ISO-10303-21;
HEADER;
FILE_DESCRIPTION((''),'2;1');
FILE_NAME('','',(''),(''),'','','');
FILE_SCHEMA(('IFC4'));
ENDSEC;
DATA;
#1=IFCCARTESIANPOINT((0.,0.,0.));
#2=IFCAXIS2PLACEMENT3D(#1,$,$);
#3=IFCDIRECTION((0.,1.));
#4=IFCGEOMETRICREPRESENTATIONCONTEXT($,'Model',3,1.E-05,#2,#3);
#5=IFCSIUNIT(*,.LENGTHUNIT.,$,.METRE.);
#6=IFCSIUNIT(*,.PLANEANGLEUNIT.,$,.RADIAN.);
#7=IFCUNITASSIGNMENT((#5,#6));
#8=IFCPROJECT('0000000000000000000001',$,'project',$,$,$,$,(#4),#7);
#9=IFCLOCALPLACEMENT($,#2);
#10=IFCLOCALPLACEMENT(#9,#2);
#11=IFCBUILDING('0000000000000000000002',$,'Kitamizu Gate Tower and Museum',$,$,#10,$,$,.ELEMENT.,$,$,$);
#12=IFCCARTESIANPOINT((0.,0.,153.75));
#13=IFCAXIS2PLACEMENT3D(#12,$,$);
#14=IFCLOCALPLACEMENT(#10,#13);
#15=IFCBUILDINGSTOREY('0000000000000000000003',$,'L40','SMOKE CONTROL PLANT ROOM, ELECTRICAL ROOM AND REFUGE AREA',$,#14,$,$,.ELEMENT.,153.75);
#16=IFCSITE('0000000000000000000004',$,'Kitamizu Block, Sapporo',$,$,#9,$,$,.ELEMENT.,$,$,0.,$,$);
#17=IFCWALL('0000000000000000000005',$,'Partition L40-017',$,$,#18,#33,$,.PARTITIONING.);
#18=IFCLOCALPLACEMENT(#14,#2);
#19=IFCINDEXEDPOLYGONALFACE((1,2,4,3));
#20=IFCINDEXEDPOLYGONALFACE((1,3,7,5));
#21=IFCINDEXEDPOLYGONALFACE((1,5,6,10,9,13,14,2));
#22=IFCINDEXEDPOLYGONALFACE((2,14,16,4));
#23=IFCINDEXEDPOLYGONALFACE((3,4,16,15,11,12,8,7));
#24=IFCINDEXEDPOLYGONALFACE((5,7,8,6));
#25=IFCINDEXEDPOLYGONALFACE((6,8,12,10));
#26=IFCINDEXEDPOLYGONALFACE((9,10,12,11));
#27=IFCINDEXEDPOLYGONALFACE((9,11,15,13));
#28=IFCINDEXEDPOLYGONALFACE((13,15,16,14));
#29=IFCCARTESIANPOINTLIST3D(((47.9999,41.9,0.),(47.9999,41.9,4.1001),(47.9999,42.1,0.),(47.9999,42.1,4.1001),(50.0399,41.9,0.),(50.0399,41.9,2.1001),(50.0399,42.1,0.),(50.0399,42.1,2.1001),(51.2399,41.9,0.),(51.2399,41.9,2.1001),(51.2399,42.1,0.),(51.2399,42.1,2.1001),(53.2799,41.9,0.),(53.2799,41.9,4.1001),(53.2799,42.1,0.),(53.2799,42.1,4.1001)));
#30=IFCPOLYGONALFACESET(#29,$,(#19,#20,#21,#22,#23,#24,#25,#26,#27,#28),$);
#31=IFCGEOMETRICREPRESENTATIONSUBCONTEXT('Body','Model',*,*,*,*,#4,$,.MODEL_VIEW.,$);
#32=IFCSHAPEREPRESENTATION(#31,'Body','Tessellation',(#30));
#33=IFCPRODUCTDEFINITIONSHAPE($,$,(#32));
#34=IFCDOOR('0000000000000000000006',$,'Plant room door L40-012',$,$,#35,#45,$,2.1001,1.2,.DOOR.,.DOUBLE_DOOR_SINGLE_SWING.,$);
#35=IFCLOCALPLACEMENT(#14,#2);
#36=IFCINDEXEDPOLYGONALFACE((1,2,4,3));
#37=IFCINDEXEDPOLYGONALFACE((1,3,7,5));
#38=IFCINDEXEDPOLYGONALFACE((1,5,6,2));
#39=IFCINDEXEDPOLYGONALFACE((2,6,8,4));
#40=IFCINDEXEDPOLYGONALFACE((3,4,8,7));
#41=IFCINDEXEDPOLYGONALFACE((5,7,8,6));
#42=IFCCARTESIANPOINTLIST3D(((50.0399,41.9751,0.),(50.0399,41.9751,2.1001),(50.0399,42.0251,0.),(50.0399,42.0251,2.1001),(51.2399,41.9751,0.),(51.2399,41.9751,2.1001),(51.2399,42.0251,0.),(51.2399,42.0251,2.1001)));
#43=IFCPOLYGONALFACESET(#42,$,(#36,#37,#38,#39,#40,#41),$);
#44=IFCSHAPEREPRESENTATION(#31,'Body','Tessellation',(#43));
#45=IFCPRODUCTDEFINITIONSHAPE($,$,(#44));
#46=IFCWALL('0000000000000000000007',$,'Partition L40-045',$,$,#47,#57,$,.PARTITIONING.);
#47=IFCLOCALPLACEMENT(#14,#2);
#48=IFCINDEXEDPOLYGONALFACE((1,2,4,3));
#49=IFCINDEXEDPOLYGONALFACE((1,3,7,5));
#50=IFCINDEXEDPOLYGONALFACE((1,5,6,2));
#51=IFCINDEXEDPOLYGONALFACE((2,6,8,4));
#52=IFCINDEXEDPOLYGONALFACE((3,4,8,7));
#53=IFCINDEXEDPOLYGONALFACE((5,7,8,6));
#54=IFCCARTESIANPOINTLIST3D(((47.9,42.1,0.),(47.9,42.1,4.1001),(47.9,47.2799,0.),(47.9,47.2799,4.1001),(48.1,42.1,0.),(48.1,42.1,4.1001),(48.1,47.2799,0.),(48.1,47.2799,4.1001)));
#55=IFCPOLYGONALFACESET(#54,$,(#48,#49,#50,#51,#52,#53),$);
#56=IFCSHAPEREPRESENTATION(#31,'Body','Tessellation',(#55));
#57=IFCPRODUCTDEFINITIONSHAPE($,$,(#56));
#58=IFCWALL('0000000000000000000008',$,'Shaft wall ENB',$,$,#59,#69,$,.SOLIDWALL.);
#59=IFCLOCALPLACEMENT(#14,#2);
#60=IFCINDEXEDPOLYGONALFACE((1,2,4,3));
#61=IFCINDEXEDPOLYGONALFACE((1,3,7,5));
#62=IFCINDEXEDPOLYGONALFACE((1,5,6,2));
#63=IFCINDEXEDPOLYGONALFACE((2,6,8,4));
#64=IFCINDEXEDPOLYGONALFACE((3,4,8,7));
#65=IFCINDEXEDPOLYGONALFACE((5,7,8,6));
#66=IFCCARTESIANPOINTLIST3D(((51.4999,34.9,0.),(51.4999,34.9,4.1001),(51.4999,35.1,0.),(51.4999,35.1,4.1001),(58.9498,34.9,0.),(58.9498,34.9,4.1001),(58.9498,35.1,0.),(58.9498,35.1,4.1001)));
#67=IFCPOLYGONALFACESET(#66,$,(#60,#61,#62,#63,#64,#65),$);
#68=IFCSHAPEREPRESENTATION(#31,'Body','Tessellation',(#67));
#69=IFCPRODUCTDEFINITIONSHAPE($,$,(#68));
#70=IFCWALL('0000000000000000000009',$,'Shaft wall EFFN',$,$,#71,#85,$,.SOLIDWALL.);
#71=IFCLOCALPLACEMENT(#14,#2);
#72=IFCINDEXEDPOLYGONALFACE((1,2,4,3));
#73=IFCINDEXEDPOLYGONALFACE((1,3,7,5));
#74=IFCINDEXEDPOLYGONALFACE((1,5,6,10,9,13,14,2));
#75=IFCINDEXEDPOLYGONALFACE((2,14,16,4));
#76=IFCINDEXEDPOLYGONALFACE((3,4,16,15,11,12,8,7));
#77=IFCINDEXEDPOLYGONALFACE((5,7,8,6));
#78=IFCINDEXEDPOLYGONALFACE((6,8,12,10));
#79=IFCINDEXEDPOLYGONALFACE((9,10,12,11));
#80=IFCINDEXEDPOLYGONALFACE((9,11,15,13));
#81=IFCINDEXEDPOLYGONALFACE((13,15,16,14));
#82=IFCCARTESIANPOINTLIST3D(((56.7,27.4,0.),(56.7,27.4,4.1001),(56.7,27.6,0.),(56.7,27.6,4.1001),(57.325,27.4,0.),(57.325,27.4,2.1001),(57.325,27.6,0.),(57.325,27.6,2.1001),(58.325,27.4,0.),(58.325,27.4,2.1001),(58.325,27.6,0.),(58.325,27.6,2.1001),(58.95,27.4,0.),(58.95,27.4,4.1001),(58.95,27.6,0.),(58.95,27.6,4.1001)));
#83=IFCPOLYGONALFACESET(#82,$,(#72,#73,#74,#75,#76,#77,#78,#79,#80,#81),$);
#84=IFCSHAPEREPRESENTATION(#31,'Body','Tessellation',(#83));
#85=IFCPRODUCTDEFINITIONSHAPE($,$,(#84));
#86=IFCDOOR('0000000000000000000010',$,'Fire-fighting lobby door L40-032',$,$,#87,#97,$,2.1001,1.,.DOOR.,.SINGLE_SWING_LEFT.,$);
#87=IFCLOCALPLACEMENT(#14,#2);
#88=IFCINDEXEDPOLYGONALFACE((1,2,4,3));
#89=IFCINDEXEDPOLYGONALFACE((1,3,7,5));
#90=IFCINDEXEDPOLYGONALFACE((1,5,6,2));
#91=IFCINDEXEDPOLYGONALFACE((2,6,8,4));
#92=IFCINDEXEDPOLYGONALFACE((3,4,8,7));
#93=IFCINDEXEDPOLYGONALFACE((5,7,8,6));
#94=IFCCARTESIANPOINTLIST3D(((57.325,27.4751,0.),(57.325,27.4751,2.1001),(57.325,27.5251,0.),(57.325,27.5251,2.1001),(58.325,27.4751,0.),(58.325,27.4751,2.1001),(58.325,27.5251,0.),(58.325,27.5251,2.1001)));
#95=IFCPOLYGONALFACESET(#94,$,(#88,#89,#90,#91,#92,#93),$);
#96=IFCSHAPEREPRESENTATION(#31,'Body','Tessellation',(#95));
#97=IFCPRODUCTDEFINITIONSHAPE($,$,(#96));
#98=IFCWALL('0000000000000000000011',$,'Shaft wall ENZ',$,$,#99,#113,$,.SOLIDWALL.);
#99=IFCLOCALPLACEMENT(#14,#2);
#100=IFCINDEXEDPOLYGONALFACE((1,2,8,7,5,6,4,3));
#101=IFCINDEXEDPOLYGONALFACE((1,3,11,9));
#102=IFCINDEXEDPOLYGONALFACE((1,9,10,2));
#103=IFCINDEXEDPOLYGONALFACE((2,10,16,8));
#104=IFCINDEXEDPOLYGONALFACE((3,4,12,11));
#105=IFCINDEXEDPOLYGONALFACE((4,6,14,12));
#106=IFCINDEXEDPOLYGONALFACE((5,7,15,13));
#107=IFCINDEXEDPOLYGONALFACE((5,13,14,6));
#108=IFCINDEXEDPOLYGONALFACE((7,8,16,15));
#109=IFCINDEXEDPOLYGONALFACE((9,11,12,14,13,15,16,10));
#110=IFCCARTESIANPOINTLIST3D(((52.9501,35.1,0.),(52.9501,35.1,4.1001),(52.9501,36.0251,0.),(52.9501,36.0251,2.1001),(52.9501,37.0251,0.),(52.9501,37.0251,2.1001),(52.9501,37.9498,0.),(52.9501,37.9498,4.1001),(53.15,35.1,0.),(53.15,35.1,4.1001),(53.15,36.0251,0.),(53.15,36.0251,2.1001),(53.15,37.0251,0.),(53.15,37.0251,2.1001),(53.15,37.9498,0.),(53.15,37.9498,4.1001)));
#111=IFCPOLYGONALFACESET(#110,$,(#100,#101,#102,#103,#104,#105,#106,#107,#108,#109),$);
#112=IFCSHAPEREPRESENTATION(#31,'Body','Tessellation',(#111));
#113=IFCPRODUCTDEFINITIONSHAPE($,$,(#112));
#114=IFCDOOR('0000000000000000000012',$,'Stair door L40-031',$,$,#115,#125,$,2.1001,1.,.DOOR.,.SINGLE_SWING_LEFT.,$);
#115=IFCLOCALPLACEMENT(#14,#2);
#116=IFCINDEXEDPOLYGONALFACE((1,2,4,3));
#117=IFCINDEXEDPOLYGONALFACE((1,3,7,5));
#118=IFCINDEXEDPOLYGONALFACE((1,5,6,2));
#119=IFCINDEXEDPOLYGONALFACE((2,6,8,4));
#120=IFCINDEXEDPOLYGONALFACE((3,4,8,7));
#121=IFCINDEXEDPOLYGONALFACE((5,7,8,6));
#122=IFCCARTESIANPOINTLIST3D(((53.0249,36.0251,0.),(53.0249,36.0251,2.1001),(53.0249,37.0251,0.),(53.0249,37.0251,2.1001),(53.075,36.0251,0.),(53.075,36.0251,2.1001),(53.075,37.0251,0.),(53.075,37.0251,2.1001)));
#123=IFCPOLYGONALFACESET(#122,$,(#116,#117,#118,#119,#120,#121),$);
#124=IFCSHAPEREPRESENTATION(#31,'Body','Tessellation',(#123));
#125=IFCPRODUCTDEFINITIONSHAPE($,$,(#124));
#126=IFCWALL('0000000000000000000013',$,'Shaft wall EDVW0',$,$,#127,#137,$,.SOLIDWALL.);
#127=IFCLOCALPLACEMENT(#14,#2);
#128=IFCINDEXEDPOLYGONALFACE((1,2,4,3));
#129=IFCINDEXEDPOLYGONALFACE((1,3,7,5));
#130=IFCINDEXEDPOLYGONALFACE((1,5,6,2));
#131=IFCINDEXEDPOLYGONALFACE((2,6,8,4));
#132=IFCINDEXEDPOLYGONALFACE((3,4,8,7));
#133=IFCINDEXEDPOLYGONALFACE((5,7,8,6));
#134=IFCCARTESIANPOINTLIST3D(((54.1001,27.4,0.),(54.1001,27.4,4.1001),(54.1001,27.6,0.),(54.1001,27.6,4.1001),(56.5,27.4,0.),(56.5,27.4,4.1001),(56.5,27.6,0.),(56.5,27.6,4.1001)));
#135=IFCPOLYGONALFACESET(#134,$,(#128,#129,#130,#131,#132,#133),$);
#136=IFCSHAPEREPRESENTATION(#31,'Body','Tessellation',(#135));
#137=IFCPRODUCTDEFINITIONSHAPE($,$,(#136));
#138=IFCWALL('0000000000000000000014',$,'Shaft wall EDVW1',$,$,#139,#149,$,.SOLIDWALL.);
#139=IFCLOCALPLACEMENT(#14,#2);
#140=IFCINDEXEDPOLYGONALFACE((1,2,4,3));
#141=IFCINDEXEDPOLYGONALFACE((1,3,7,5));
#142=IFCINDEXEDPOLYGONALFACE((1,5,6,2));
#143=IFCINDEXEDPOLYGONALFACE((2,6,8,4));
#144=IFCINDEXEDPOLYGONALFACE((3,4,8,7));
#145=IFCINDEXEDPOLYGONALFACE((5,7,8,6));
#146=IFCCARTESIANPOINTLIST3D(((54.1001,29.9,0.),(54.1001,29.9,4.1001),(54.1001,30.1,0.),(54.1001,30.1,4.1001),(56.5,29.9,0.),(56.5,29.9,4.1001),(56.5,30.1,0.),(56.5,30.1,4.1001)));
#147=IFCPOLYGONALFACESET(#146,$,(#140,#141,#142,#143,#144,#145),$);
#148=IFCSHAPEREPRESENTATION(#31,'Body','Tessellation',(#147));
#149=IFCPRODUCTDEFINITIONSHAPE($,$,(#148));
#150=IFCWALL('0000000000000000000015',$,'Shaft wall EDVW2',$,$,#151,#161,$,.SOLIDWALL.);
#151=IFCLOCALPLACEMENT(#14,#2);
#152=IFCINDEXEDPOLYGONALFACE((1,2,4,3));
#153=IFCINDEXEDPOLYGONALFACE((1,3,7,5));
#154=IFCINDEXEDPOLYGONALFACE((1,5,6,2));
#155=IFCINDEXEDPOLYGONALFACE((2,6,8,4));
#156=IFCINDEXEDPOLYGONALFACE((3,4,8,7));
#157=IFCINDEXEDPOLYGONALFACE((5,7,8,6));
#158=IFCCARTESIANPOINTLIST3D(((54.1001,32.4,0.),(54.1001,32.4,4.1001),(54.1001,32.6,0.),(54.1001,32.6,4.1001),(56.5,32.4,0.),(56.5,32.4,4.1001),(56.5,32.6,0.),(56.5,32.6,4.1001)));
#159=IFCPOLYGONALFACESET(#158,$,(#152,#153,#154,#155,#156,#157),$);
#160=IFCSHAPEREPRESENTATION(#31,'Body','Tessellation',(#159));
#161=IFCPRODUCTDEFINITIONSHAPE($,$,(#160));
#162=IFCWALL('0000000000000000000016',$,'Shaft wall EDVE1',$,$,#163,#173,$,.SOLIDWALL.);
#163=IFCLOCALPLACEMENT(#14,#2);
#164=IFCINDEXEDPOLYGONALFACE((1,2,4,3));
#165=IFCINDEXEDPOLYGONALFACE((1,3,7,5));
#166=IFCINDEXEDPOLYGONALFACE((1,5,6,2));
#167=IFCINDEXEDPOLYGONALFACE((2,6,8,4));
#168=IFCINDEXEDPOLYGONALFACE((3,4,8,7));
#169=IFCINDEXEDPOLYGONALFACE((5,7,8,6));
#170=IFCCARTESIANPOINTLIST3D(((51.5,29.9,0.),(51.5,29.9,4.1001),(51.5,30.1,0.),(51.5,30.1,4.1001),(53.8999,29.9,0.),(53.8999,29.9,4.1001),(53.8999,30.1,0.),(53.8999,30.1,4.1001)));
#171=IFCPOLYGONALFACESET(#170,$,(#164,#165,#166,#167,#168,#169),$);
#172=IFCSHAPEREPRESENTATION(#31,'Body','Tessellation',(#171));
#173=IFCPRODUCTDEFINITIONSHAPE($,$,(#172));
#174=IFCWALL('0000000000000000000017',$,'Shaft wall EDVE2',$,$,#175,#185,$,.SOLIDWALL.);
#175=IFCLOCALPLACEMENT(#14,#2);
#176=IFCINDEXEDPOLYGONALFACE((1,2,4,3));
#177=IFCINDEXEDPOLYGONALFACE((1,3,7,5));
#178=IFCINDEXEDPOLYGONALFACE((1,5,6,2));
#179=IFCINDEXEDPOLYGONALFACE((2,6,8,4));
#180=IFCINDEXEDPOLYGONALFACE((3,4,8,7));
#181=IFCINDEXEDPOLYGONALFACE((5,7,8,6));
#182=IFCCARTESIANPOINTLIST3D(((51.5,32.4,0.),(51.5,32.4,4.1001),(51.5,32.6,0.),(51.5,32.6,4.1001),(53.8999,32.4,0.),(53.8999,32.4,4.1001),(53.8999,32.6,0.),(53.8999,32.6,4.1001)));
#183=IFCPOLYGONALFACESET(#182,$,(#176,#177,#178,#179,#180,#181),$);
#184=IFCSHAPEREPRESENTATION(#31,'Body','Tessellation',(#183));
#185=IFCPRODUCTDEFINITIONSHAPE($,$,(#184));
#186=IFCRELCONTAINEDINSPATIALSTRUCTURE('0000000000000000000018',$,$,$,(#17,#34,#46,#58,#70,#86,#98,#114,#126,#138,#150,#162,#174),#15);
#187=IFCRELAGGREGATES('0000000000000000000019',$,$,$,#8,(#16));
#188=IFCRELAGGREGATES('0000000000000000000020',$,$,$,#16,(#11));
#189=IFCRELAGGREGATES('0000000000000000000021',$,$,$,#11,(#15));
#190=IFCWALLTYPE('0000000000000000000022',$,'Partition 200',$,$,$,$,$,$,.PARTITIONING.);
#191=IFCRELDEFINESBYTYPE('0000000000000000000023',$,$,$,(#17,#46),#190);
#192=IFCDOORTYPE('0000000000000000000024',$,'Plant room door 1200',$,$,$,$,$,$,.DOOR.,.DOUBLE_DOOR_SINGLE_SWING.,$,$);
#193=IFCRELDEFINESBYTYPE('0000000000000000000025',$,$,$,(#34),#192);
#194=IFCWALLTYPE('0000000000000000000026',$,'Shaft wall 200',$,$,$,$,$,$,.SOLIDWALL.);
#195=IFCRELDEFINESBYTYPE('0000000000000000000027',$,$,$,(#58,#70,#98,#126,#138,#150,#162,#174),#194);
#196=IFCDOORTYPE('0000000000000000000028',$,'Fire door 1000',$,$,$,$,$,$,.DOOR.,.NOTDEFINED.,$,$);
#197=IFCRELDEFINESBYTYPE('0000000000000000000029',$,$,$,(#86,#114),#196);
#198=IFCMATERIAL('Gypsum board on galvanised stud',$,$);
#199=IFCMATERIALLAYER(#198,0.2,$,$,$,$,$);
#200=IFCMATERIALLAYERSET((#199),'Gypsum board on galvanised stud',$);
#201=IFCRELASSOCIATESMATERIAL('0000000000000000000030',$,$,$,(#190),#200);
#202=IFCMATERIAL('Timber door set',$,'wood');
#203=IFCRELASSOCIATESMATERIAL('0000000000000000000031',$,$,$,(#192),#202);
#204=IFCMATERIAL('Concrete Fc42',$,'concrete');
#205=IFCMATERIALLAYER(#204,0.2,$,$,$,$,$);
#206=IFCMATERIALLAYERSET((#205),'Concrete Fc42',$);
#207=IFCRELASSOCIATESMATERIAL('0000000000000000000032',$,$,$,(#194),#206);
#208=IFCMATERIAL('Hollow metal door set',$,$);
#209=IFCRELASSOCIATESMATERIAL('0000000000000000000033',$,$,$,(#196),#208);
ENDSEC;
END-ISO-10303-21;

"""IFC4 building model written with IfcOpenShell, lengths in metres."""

from ifc_helpers import new_model, si_unit, direction, frame, frame_2d, origin, place, context, subcontext, project, spatial, rectangle, extrude, material, layer, layer_set, type_object, element, fill, save


model = new_model("IFC4")

# Units and contexts
model_context = context("Model", 3, precision=1e-05, world=origin(), true_north=direction((0.0, 1.0)))
body_context = subcontext(model_context, "Body", "Model", "MODEL_VIEW")
ifc_project = project(units=[si_unit("LENGTHUNIT", "METRE"), si_unit("PLANEANGLEUNIT", "RADIAN")], contexts=[model_context])

# Site, building, storey
site_placement = place(None, origin())
site = spatial("IfcSite", under=ifc_project, at=site_placement, Name="Kitamizu Block, Sapporo", CompositionType="ELEMENT", RefElevation=0.0)
building_placement = place(site_placement, origin())
building = spatial("IfcBuilding", under=site, at=building_placement, Name="Kitamizu Gate Tower and Museum", CompositionType="ELEMENT")
storey_placement = place(building_placement, frame((0.0, 0.0, 153.75)))
storey = spatial("IfcBuildingStorey", under=building, at=storey_placement, Name="L40", Description="SMOKE CONTROL PLANT ROOM, ELECTRICAL ROOM AND REFUGE AREA", CompositionType="ELEMENT", Elevation=153.75)

# Wall, opening, door
ifc_material_1 = material(Name="Gypsum board on galvanised stud")
ifc_layer_1 = layer(ifc_material_1, 0.2)
ifc_layer_set_1 = layer_set([ifc_layer_1], Name="Gypsum board on galvanised stud")
wall_type_1 = type_object("IfcWallType", Name="Partition 200", PredefinedType="PARTITIONING", material=ifc_layer_set_1)
ifc_material_2 = material(Name="Timber door set", Category="wood")
door_type_1 = type_object("IfcDoorType", Name="Plant room door 1200", OperationType="DOUBLE_DOOR_SINGLE_SWING", PredefinedType="DOOR", material=ifc_material_2)
wall_1_placement = place(storey_placement, frame((53.28, 42.0, 0.0), z_axis=(0.0, 0.0, 1.0), x_axis=(-1.0, 0.0, 0.0)))
wall_1 = element("IfcWall", 1, at=wall_1_placement, inside=storey, type_object=wall_type_1, Name="Partition L40-017", PredefinedType="PARTITIONING", context=body_context, shape_type="SweptSolid", body=[
    extrude(rectangle(XDim=5.28, YDim=0.2, at=frame_2d((2.6401, 0.0))), origin(), (0.0, 0.0, 1.0), 4.1001),
])
opening_1_placement = place(wall_1_placement, frame((2.04, 0.0, 0.0)))
opening_1 = element("IfcOpeningElement", 2, at=opening_1_placement, cuts=wall_1, PredefinedType="OPENING", context=body_context, shape_type="SweptSolid", body=[
    extrude(rectangle(XDim=1.2, YDim=2.1001, at=frame_2d((0.6001, 1.05))), frame((0.0, 0.1099, 0.0), z_axis=(0.0, -1.0, 0.0), x_axis=(1.0, 0.0, 0.0)), (0.0, 0.0, 1.0), 0.22),
])
door_1_placement = place(opening_1_placement, origin())
door_1 = element("IfcDoor", 3, at=door_1_placement, inside=storey, type_object=door_type_1, Name="Plant room door L40-012", OperationType="DOUBLE_DOOR_SINGLE_SWING", OverallHeight=2.1001, OverallWidth=1.2, PredefinedType="DOOR", context=body_context, shape_type="SweptSolid", body=[
    extrude(rectangle(XDim=1.2, YDim=2.1001, at=frame_2d((0.6001, 1.05))), frame((0.0, 0.0249, 0.0), z_axis=(0.0, -1.0, 0.0), x_axis=(1.0, 0.0, 0.0)), (0.0, 0.0, 1.0), 0.05),
])
fill(opening_1, door_1)

# Walls
wall_2_placement = place(storey_placement, frame((48.0, 42.1001, 0.0), z_axis=(0.0, 0.0, 1.0), x_axis=(0.0, 1.0, 0.0)))
element("IfcWall", 4, at=wall_2_placement, inside=storey, type_object=wall_type_1, Name="Partition L40-045", PredefinedType="PARTITIONING", context=body_context, shape_type="SweptSolid", body=[
    extrude(rectangle(XDim=5.1799, YDim=0.2, at=frame_2d((2.5898, 0.0))), origin(), (0.0, 0.0, 1.0), 4.1001),
])
ifc_material_3 = material(Name="Concrete Fc42", Category="concrete")
ifc_layer_2 = layer(ifc_material_3, 0.2)
ifc_layer_set_2 = layer_set([ifc_layer_2], Name="Concrete Fc42")
wall_type_2 = type_object("IfcWallType", Name="Shaft wall 200", PredefinedType="SOLIDWALL", material=ifc_layer_set_2)
wall_3_placement = place(storey_placement, frame((58.95, 35.0, 0.0), z_axis=(0.0, 0.0, 1.0), x_axis=(-1.0, 0.0, 0.0)))
element("IfcWall", 5, at=wall_3_placement, inside=storey, type_object=wall_type_2, Name="Shaft wall ENB", PredefinedType="SOLIDWALL", context=body_context, shape_type="SweptSolid", body=[
    extrude(rectangle(XDim=7.45, YDim=0.2, at=frame_2d((3.7251, 0.0))), origin(), (0.0, 0.0, 1.0), 4.1001),
])

# Walls, openings, doors
wall_4_placement = place(storey_placement, frame((58.95, 27.5, 0.0), z_axis=(0.0, 0.0, 1.0), x_axis=(-1.0, 0.0, 0.0)))
wall_4 = element("IfcWall", 6, at=wall_4_placement, inside=storey, type_object=wall_type_2, Name="Shaft wall EFFN", PredefinedType="SOLIDWALL", context=body_context, shape_type="SweptSolid", body=[
    extrude(rectangle(XDim=2.25, YDim=0.2, at=frame_2d((1.125, 0.0))), origin(), (0.0, 0.0, 1.0), 4.1001),
])
opening_2_placement = place(wall_4_placement, frame((0.625, 0.0, 0.0)))
opening_2 = element("IfcOpeningElement", 7, at=opening_2_placement, cuts=wall_4, PredefinedType="OPENING", context=body_context, shape_type="SweptSolid", body=[
    extrude(rectangle(XDim=1.0, YDim=2.1001, at=frame_2d((0.5, 1.05))), frame((0.0, 0.1099, 0.0), z_axis=(0.0, -1.0, 0.0), x_axis=(1.0, 0.0, 0.0)), (0.0, 0.0, 1.0), 0.22),
])
ifc_material_4 = material(Name="Hollow metal door set")
door_type_2 = type_object("IfcDoorType", Name="Fire door 1000", OperationType="NOTDEFINED", PredefinedType="DOOR", material=ifc_material_4)
door_2_placement = place(opening_2_placement, origin())
door_2 = element("IfcDoor", 8, at=door_2_placement, inside=storey, type_object=door_type_2, Name="Fire-fighting lobby door L40-032", OperationType="SINGLE_SWING_LEFT", OverallHeight=2.1001, OverallWidth=1.0, PredefinedType="DOOR", context=body_context, shape_type="SweptSolid", body=[
    extrude(rectangle(XDim=1.0, YDim=2.1001, at=frame_2d((0.5, 1.05))), frame((0.0, 0.0249, 0.0), z_axis=(0.0, -1.0, 0.0), x_axis=(1.0, 0.0, 0.0)), (0.0, 0.0, 1.0), 0.05),
])
fill(opening_2, door_2)
wall_5_placement = place(storey_placement, frame((53.05, 35.1001, 0.0), z_axis=(0.0, 0.0, 1.0), x_axis=(0.0, 1.0, 0.0)))
wall_5 = element("IfcWall", 9, at=wall_5_placement, inside=storey, type_object=wall_type_2, Name="Shaft wall ENZ", PredefinedType="SOLIDWALL", context=body_context, shape_type="SweptSolid", body=[
    extrude(rectangle(XDim=2.8499, YDim=0.2, at=frame_2d((1.4248, 0.0))), origin(), (0.0, 0.0, 1.0), 4.1001),
])
opening_3_placement = place(wall_5_placement, frame((0.925, 0.0, 0.0)))
opening_3 = element("IfcOpeningElement", 10, at=opening_3_placement, cuts=wall_5, PredefinedType="OPENING", context=body_context, shape_type="SweptSolid", body=[
    extrude(rectangle(XDim=1.0, YDim=2.1001, at=frame_2d((0.5, 1.05))), frame((0.0, 0.1099, 0.0), z_axis=(0.0, -1.0, 0.0), x_axis=(1.0, 0.0, 0.0)), (0.0, 0.0, 1.0), 0.22),
])
door_3_placement = place(opening_3_placement, frame((1.0, 0.0, 0.0), x_axis=(-1.0, 0.0, 0.0)))
door_3 = element("IfcDoor", 11, at=door_3_placement, inside=storey, type_object=door_type_2, Name="Stair door L40-031", OperationType="SINGLE_SWING_LEFT", OverallHeight=2.1001, OverallWidth=1.0, PredefinedType="DOOR", context=body_context, shape_type="SweptSolid", body=[
    extrude(rectangle(XDim=1.0, YDim=2.1001, at=frame_2d((0.5, 1.05))), frame((0.0, 0.0249, 0.0), z_axis=(0.0, -1.0, 0.0), x_axis=(1.0, 0.0, 0.0)), (0.0, 0.0, 1.0), 0.05),
])
fill(opening_3, door_3)

# Walls
for number, where, z_axis, x_axis, name in (
    (12, (56.5, 27.5, 0.0), (0.0, 0.0, 1.0), (-1.0, 0.0, 0.0), "Shaft wall EDVW0"),
    (13, (56.5, 30.0, 0.0), (0.0, 0.0, 1.0), (-1.0, 0.0, 0.0), "Shaft wall EDVW1"),
    (14, (56.5, 32.5, 0.0), (0.0, 0.0, 1.0), (-1.0, 0.0, 0.0), "Shaft wall EDVW2"),
    (15, (53.8999, 30.0, 0.0), (0.0, 0.0, 1.0), (-1.0, 0.0, 0.0), "Shaft wall EDVE1"),
    (16, (53.8999, 32.5, 0.0), (0.0, 0.0, 1.0), (-1.0, 0.0, 0.0), "Shaft wall EDVE2"),
):
    element("IfcWall", number, at=place(storey_placement, frame(where, z_axis=z_axis, x_axis=x_axis)), inside=storey, type_object=wall_type_2, Name=name, PredefinedType="SOLIDWALL", context=body_context, shape_type="SweptSolid", body=[
        extrude(rectangle(XDim=2.3999, YDim=0.2, at=frame_2d((1.2, 0.0))), origin(), (0.0, 0.0, 1.0), 4.1001),
    ])

save(model, "model.ifc")
